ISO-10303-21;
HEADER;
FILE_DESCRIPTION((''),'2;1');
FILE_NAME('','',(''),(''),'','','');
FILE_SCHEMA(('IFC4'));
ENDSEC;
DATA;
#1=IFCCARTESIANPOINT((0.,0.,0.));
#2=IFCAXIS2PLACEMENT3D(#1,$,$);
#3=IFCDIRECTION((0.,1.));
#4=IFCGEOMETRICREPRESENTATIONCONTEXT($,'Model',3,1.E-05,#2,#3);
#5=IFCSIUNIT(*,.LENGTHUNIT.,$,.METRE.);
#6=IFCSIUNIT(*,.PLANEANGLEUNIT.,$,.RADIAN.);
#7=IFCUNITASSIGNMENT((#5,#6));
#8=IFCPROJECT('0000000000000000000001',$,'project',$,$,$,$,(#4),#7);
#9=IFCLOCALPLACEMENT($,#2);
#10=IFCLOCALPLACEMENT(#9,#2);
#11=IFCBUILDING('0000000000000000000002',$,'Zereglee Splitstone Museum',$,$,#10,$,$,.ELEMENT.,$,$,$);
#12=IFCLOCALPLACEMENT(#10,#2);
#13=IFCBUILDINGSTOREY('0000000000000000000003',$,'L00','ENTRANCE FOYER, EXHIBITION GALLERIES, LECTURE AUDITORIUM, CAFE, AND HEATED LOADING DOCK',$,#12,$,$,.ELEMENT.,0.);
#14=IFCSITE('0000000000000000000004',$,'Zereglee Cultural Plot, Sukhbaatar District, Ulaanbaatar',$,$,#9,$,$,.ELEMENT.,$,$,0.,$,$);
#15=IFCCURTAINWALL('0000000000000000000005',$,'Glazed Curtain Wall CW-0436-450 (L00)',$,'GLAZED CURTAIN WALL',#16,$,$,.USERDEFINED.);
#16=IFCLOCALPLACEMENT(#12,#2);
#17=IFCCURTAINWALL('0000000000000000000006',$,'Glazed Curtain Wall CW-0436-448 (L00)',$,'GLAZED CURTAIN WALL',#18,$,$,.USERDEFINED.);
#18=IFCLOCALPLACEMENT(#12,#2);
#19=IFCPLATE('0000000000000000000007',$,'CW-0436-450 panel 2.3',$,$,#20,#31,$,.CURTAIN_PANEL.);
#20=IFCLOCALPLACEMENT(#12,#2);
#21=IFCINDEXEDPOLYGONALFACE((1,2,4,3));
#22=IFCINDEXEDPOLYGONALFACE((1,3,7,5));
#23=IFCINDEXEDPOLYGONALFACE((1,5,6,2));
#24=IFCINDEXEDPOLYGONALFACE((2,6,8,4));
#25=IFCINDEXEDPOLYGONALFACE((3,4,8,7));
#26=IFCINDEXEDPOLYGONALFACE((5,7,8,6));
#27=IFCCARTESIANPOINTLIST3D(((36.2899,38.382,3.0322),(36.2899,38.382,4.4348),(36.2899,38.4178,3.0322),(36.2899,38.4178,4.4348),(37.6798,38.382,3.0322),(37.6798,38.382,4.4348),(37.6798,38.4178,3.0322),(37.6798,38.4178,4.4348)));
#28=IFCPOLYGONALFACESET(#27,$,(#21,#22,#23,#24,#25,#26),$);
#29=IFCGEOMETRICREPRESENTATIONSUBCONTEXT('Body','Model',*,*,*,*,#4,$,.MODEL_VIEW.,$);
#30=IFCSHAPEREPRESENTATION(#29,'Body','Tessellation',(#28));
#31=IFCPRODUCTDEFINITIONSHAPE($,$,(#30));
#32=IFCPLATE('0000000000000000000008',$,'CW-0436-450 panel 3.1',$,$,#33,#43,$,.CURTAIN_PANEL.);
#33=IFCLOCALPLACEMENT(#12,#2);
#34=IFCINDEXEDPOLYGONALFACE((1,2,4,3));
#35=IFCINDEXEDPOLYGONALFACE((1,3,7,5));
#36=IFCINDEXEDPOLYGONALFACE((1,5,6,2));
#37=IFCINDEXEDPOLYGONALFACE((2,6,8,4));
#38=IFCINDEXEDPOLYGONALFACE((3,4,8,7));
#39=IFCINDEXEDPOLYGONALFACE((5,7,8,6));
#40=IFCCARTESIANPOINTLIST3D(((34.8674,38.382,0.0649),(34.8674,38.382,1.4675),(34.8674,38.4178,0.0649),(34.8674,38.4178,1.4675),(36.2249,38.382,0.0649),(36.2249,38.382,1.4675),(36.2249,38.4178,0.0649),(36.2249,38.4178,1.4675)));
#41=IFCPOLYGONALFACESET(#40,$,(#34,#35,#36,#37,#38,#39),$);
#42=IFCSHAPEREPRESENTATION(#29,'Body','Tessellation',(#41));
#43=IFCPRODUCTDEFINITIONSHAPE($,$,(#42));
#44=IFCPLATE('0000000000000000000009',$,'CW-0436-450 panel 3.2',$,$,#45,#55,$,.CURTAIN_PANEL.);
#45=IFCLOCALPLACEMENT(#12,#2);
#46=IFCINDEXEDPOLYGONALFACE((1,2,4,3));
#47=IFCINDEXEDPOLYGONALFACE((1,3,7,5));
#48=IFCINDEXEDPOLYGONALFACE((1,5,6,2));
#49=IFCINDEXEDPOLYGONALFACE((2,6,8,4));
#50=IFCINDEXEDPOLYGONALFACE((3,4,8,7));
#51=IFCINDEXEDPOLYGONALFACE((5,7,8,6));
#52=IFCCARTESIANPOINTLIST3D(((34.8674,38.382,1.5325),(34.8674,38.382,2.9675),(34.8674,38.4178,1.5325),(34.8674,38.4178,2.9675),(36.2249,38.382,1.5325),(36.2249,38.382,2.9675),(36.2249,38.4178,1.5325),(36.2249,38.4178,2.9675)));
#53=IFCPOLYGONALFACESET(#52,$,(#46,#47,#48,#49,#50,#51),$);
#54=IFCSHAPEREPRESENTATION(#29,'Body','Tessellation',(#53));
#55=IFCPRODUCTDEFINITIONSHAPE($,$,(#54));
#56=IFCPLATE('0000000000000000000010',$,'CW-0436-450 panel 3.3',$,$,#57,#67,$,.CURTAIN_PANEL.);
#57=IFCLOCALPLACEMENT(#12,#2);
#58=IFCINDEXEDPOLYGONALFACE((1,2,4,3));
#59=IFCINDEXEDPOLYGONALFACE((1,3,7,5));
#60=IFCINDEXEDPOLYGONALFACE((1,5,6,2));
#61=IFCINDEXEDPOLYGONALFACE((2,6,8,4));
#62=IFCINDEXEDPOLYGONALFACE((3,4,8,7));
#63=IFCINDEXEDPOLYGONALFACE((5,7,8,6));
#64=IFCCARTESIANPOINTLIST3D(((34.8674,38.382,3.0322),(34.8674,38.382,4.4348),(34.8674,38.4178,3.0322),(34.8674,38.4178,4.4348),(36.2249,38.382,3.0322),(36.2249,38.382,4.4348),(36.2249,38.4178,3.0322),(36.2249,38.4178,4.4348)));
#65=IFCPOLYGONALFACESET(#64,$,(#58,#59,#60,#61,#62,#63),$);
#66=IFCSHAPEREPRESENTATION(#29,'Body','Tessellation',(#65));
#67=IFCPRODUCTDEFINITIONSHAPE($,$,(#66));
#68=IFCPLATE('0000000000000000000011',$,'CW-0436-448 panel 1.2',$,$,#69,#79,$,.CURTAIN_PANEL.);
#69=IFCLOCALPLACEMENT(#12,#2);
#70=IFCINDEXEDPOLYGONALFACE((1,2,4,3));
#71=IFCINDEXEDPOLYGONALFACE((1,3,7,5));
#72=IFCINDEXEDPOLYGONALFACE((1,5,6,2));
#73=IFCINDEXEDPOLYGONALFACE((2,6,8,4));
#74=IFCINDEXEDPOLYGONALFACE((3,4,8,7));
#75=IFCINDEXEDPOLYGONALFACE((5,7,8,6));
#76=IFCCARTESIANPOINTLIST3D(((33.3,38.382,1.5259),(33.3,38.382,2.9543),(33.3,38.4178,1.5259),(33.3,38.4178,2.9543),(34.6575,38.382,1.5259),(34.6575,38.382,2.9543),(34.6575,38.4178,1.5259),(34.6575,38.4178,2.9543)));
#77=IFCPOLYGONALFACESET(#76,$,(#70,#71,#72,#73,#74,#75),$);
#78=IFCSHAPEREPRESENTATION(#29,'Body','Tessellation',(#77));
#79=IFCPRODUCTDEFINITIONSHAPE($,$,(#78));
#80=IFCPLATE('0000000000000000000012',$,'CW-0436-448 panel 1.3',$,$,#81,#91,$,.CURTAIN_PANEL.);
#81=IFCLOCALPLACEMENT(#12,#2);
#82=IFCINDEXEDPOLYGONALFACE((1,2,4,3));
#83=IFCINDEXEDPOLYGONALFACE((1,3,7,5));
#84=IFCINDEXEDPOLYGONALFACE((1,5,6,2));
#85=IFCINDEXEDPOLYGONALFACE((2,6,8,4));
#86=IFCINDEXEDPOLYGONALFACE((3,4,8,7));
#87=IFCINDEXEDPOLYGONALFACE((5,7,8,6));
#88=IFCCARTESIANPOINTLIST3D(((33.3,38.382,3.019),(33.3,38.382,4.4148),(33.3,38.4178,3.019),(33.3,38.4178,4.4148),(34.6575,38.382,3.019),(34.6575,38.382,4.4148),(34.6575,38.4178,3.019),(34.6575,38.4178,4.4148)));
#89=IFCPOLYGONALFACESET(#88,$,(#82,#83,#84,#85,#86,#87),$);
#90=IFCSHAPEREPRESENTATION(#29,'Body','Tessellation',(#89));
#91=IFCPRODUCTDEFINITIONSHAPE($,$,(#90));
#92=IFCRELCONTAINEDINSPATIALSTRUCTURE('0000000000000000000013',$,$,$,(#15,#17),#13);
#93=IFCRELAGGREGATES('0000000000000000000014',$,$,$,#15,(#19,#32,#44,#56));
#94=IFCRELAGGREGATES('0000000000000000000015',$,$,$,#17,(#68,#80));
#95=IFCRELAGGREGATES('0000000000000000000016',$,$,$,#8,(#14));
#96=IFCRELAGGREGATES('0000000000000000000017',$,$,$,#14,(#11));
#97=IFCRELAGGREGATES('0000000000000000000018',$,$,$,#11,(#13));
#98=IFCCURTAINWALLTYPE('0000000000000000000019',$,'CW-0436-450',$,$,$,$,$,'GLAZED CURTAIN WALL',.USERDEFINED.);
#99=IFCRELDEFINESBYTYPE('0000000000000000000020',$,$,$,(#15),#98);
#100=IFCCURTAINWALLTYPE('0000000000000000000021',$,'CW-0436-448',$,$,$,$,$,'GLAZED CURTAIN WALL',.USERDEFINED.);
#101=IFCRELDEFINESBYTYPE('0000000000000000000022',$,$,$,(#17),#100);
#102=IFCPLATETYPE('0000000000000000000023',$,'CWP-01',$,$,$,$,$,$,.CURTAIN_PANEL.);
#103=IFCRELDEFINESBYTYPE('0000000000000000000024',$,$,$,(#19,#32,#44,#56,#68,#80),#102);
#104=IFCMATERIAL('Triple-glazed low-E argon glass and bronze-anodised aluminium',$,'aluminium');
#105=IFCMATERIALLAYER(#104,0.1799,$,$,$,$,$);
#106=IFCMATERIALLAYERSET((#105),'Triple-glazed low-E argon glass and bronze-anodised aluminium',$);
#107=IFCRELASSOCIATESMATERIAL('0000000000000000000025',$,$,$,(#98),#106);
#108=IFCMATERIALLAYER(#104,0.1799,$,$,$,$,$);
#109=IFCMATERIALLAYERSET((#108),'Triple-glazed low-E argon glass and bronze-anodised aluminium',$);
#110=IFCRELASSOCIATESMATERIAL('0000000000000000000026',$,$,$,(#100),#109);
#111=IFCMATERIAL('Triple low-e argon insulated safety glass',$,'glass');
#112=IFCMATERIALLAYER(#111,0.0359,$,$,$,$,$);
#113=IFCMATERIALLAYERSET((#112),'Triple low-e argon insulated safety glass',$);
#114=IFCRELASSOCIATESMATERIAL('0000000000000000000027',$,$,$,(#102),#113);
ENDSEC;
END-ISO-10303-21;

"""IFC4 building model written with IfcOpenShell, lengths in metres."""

from ifc_helpers import new_model, si_unit, direction, frame, origin, origin_2d, place, context, subcontext, project, spatial, rectangle, extrude, material, layer, layer_set, type_object, element, aggregate, save


model = new_model("IFC4")

# Units and contexts
model_context = context("Model", 3, precision=1e-05, world=origin(), true_north=direction((0.0, 1.0)))
body_context = subcontext(model_context, "Body", "Model", "MODEL_VIEW")
ifc_project = project(units=[si_unit("LENGTHUNIT", "METRE"), si_unit("PLANEANGLEUNIT", "RADIAN")], contexts=[model_context])

# Site, building, storey
site_placement = place(None, origin())
site = spatial("IfcSite", under=ifc_project, at=site_placement, Name="Zereglee Cultural Plot, Sukhbaatar District, Ulaanbaatar", CompositionType="ELEMENT", RefElevation=0.0)
building_placement = place(site_placement, origin())
building = spatial("IfcBuilding", under=site, at=building_placement, Name="Zereglee Splitstone Museum", CompositionType="ELEMENT")
storey_placement = place(building_placement, origin())
storey = spatial("IfcBuildingStorey", under=building, at=storey_placement, Name="L00", Description="ENTRANCE FOYER, EXHIBITION GALLERIES, LECTURE AUDITORIUM, CAFE, AND HEATED LOADING DOCK", CompositionType="ELEMENT", Elevation=0.0)

# Curtain wall
ifc_material_1 = material(Name="Triple-glazed low-E argon glass and bronze-anodised aluminium", Category="aluminium")
ifc_layer_1 = layer(ifc_material_1, 0.1799)
ifc_layer_set_1 = layer_set([ifc_layer_1], Name="Triple-glazed low-E argon glass and bronze-anodised aluminium")
curtain_wall_type_1 = type_object("IfcCurtainWallType", Name="CW-0436-450", ElementType="GLAZED CURTAIN WALL", PredefinedType="USERDEFINED", material=ifc_layer_set_1)
curtain_wall_1_placement = place(storey_placement, origin())
curtain_wall_1 = element("IfcCurtainWall", 1, at=curtain_wall_1_placement, inside=storey, type_object=curtain_wall_type_1, Name="Glazed Curtain Wall CW-0436-450 (L00)", ObjectType="GLAZED CURTAIN WALL", PredefinedType="USERDEFINED")

# Curtain wall
ifc_layer_2 = layer(ifc_material_1, 0.1799)
ifc_layer_set_2 = layer_set([ifc_layer_2], Name="Triple-glazed low-E argon glass and bronze-anodised aluminium")
curtain_wall_type_2 = type_object("IfcCurtainWallType", Name="CW-0436-448", ElementType="GLAZED CURTAIN WALL", PredefinedType="USERDEFINED", material=ifc_layer_set_2)
curtain_wall_2_placement = place(storey_placement, origin())
curtain_wall_2 = element("IfcCurtainWall", 2, at=curtain_wall_2_placement, inside=storey, type_object=curtain_wall_type_2, Name="Glazed Curtain Wall CW-0436-448 (L00)", ObjectType="GLAZED CURTAIN WALL", PredefinedType="USERDEFINED")

# Plates
ifc_material_2 = material(Name="Triple low-e argon insulated safety glass", Category="glass")
ifc_layer_3 = layer(ifc_material_2, 0.0359)
ifc_layer_set_3 = layer_set([ifc_layer_3], Name="Triple low-e argon insulated safety glass")
plate_type = type_object("IfcPlateType", Name="CWP-01", PredefinedType="CURTAIN_PANEL", material=ifc_layer_set_3)
plate_1_placement = place(storey_placement, frame((36.9849, 38.3999, 3.0322), z_axis=(0.0, 0.0, 1.0), x_axis=(-1.0, 0.0, 0.0)))
plate_1 = element("IfcPlate", 3, at=plate_1_placement, type_object=plate_type, Name="CW-0436-450 panel 2.3", PredefinedType="CURTAIN_PANEL", context=body_context, shape_type="SweptSolid", body=[
    extrude(rectangle(XDim=1.3899, YDim=0.0359, at=origin_2d()), origin(), (0.0, 0.0, 1.0), 1.4026),
])
plate_2_placement = place(storey_placement, frame((35.5461, 38.3999, 0.0649), z_axis=(0.0, 0.0, 1.0), x_axis=(-1.0, 0.0, 0.0)))
plate_2 = element("IfcPlate", 4, at=plate_2_placement, type_object=plate_type, Name="CW-0436-450 panel 3.1", PredefinedType="CURTAIN_PANEL", context=body_context, shape_type="SweptSolid", body=[
    extrude(rectangle(XDim=1.3574, YDim=0.0359, at=origin_2d()), origin(), (0.0, 0.0, 1.0), 1.4026),
])
plate_3_placement = place(storey_placement, frame((35.5461, 38.3999, 1.5325), z_axis=(0.0, 0.0, 1.0), x_axis=(-1.0, 0.0, 0.0)))
plate_3 = element("IfcPlate", 5, at=plate_3_placement, type_object=plate_type, Name="CW-0436-450 panel 3.2", PredefinedType="CURTAIN_PANEL", context=body_context, shape_type="SweptSolid", body=[
    extrude(rectangle(XDim=1.3574, YDim=0.0359, at=origin_2d()), origin(), (0.0, 0.0, 1.0), 1.4351),
])
plate_4_placement = place(storey_placement, frame((35.5461, 38.3999, 3.0322), z_axis=(0.0, 0.0, 1.0), x_axis=(-1.0, 0.0, 0.0)))
plate_4 = element("IfcPlate", 6, at=plate_4_placement, type_object=plate_type, Name="CW-0436-450 panel 3.3", PredefinedType="CURTAIN_PANEL", context=body_context, shape_type="SweptSolid", body=[
    extrude(rectangle(XDim=1.3574, YDim=0.0359, at=origin_2d()), origin(), (0.0, 0.0, 1.0), 1.4026),
])
aggregate(curtain_wall_1, [plate_1, plate_2, plate_3, plate_4])
plate_5_placement = place(storey_placement, frame((33.9788, 38.3999, 1.5259), z_axis=(0.0, 0.0, 1.0), x_axis=(-1.0, 0.0, 0.0)))
plate_5 = element("IfcPlate", 7, at=plate_5_placement, type_object=plate_type, Name="CW-0436-448 panel 1.2", PredefinedType="CURTAIN_PANEL", context=body_context, shape_type="SweptSolid", body=[
    extrude(rectangle(XDim=1.3574, YDim=0.0359, at=origin_2d()), origin(), (0.0, 0.0, 1.0), 1.4285),
])
plate_6_placement = place(storey_placement, frame((33.9788, 38.3999, 3.019), z_axis=(0.0, 0.0, 1.0), x_axis=(-1.0, 0.0, 0.0)))
plate_6 = element("IfcPlate", 8, at=plate_6_placement, type_object=plate_type, Name="CW-0436-448 panel 1.3", PredefinedType="CURTAIN_PANEL", context=body_context, shape_type="SweptSolid", body=[
    extrude(rectangle(XDim=1.3574, YDim=0.0359, at=origin_2d()), origin(), (0.0, 0.0, 1.0), 1.3958),
])
aggregate(curtain_wall_2, [plate_5, plate_6])

save(model, "model.ifc")
